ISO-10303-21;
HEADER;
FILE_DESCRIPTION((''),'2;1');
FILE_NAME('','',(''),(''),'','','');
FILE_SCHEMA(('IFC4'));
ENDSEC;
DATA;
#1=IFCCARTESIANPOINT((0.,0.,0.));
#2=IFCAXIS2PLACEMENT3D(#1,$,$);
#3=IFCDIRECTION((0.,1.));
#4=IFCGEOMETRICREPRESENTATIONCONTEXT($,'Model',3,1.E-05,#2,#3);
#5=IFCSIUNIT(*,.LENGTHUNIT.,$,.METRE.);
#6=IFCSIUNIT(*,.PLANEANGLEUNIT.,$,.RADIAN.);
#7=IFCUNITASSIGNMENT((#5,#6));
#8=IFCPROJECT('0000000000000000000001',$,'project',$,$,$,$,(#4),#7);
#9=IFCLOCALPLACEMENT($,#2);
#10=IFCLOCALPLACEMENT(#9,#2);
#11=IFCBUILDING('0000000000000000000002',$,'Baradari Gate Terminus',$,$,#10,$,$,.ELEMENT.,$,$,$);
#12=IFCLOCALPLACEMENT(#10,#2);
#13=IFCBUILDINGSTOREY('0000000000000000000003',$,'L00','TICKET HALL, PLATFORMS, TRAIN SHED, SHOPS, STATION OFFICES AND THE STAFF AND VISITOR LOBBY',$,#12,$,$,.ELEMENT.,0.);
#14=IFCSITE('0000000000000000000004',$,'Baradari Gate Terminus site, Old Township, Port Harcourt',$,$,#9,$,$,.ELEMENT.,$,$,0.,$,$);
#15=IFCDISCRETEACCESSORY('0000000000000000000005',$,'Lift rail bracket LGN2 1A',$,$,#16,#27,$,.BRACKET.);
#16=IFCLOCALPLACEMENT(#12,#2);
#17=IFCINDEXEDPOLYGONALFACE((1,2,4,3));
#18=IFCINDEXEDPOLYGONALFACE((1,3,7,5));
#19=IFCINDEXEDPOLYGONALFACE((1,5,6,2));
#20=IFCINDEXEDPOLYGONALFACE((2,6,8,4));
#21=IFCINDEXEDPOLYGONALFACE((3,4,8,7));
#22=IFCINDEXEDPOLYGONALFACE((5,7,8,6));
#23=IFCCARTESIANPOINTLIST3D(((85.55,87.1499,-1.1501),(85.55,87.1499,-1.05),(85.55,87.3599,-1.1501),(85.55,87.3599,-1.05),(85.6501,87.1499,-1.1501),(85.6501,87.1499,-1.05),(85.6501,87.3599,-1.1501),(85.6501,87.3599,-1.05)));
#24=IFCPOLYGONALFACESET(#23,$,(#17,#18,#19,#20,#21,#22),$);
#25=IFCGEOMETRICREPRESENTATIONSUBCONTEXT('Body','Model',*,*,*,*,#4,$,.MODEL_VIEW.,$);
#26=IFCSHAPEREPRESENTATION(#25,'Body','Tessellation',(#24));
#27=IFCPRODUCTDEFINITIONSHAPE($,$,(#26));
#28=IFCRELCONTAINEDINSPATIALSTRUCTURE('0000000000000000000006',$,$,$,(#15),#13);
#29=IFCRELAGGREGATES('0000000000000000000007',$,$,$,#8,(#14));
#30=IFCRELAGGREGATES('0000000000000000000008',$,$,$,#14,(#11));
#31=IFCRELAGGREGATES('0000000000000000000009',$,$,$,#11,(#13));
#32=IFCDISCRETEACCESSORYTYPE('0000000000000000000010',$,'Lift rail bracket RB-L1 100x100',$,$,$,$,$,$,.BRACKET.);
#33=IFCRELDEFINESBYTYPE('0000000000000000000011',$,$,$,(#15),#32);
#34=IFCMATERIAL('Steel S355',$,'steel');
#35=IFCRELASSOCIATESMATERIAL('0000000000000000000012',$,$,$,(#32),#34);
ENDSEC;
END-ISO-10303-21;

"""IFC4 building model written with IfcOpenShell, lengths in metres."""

from ifc_helpers import new_model, si_unit, direction, frame, origin, origin_2d, place, context, subcontext, project, spatial, rectangle, extrude, material, type_object, element, save


model = new_model("IFC4")

# Units and contexts
model_context = context("Model", 3, precision=1e-05, world=origin(), true_north=direction((0.0, 1.0)))
body_context = subcontext(model_context, "Body", "Model", "MODEL_VIEW")
ifc_project = project(units=[si_unit("LENGTHUNIT", "METRE"), si_unit("PLANEANGLEUNIT", "RADIAN")], contexts=[model_context])

# Site, building, storey
site_placement = place(None, origin())
site = spatial("IfcSite", under=ifc_project, at=site_placement, Name="Baradari Gate Terminus site, Old Township, Port Harcourt", CompositionType="ELEMENT", RefElevation=0.0)
building_placement = place(site_placement, origin())
building = spatial("IfcBuilding", under=site, at=building_placement, Name="Baradari Gate Terminus", CompositionType="ELEMENT")
storey_placement = place(building_placement, origin())
storey = spatial("IfcBuildingStorey", under=building, at=storey_placement, Name="L00", Description="TICKET HALL, PLATFORMS, TRAIN SHED, SHOPS, STATION OFFICES AND THE STAFF AND VISITOR LOBBY", CompositionType="ELEMENT", Elevation=0.0)

# Discrete accessory
ifc_material_1 = material(Name="Steel S355", Category="steel")
discrete_accessory_type_1 = type_object("IfcDiscreteAccessoryType", Name="Lift rail bracket RB-L1 100x100", PredefinedType="BRACKET", material=ifc_material_1)
discrete_accessory_1_placement = place(storey_placement, frame((85.6001, 87.2549, -1.1501), z_axis=(0.0, 0.0, 1.0), x_axis=(1.0, 0.0, 0.0)))
element("IfcDiscreteAccessory", 1, at=discrete_accessory_1_placement, inside=storey, type_object=discrete_accessory_type_1, Name="Lift rail bracket LGN2 1A", PredefinedType="BRACKET", context=body_context, shape_type="SweptSolid", body=[
    extrude(rectangle(XDim=0.1001, YDim=0.21, at=origin_2d()), origin(), (0.0, 0.0, 1.0), 0.1001),
])

save(model, "model.ifc")
